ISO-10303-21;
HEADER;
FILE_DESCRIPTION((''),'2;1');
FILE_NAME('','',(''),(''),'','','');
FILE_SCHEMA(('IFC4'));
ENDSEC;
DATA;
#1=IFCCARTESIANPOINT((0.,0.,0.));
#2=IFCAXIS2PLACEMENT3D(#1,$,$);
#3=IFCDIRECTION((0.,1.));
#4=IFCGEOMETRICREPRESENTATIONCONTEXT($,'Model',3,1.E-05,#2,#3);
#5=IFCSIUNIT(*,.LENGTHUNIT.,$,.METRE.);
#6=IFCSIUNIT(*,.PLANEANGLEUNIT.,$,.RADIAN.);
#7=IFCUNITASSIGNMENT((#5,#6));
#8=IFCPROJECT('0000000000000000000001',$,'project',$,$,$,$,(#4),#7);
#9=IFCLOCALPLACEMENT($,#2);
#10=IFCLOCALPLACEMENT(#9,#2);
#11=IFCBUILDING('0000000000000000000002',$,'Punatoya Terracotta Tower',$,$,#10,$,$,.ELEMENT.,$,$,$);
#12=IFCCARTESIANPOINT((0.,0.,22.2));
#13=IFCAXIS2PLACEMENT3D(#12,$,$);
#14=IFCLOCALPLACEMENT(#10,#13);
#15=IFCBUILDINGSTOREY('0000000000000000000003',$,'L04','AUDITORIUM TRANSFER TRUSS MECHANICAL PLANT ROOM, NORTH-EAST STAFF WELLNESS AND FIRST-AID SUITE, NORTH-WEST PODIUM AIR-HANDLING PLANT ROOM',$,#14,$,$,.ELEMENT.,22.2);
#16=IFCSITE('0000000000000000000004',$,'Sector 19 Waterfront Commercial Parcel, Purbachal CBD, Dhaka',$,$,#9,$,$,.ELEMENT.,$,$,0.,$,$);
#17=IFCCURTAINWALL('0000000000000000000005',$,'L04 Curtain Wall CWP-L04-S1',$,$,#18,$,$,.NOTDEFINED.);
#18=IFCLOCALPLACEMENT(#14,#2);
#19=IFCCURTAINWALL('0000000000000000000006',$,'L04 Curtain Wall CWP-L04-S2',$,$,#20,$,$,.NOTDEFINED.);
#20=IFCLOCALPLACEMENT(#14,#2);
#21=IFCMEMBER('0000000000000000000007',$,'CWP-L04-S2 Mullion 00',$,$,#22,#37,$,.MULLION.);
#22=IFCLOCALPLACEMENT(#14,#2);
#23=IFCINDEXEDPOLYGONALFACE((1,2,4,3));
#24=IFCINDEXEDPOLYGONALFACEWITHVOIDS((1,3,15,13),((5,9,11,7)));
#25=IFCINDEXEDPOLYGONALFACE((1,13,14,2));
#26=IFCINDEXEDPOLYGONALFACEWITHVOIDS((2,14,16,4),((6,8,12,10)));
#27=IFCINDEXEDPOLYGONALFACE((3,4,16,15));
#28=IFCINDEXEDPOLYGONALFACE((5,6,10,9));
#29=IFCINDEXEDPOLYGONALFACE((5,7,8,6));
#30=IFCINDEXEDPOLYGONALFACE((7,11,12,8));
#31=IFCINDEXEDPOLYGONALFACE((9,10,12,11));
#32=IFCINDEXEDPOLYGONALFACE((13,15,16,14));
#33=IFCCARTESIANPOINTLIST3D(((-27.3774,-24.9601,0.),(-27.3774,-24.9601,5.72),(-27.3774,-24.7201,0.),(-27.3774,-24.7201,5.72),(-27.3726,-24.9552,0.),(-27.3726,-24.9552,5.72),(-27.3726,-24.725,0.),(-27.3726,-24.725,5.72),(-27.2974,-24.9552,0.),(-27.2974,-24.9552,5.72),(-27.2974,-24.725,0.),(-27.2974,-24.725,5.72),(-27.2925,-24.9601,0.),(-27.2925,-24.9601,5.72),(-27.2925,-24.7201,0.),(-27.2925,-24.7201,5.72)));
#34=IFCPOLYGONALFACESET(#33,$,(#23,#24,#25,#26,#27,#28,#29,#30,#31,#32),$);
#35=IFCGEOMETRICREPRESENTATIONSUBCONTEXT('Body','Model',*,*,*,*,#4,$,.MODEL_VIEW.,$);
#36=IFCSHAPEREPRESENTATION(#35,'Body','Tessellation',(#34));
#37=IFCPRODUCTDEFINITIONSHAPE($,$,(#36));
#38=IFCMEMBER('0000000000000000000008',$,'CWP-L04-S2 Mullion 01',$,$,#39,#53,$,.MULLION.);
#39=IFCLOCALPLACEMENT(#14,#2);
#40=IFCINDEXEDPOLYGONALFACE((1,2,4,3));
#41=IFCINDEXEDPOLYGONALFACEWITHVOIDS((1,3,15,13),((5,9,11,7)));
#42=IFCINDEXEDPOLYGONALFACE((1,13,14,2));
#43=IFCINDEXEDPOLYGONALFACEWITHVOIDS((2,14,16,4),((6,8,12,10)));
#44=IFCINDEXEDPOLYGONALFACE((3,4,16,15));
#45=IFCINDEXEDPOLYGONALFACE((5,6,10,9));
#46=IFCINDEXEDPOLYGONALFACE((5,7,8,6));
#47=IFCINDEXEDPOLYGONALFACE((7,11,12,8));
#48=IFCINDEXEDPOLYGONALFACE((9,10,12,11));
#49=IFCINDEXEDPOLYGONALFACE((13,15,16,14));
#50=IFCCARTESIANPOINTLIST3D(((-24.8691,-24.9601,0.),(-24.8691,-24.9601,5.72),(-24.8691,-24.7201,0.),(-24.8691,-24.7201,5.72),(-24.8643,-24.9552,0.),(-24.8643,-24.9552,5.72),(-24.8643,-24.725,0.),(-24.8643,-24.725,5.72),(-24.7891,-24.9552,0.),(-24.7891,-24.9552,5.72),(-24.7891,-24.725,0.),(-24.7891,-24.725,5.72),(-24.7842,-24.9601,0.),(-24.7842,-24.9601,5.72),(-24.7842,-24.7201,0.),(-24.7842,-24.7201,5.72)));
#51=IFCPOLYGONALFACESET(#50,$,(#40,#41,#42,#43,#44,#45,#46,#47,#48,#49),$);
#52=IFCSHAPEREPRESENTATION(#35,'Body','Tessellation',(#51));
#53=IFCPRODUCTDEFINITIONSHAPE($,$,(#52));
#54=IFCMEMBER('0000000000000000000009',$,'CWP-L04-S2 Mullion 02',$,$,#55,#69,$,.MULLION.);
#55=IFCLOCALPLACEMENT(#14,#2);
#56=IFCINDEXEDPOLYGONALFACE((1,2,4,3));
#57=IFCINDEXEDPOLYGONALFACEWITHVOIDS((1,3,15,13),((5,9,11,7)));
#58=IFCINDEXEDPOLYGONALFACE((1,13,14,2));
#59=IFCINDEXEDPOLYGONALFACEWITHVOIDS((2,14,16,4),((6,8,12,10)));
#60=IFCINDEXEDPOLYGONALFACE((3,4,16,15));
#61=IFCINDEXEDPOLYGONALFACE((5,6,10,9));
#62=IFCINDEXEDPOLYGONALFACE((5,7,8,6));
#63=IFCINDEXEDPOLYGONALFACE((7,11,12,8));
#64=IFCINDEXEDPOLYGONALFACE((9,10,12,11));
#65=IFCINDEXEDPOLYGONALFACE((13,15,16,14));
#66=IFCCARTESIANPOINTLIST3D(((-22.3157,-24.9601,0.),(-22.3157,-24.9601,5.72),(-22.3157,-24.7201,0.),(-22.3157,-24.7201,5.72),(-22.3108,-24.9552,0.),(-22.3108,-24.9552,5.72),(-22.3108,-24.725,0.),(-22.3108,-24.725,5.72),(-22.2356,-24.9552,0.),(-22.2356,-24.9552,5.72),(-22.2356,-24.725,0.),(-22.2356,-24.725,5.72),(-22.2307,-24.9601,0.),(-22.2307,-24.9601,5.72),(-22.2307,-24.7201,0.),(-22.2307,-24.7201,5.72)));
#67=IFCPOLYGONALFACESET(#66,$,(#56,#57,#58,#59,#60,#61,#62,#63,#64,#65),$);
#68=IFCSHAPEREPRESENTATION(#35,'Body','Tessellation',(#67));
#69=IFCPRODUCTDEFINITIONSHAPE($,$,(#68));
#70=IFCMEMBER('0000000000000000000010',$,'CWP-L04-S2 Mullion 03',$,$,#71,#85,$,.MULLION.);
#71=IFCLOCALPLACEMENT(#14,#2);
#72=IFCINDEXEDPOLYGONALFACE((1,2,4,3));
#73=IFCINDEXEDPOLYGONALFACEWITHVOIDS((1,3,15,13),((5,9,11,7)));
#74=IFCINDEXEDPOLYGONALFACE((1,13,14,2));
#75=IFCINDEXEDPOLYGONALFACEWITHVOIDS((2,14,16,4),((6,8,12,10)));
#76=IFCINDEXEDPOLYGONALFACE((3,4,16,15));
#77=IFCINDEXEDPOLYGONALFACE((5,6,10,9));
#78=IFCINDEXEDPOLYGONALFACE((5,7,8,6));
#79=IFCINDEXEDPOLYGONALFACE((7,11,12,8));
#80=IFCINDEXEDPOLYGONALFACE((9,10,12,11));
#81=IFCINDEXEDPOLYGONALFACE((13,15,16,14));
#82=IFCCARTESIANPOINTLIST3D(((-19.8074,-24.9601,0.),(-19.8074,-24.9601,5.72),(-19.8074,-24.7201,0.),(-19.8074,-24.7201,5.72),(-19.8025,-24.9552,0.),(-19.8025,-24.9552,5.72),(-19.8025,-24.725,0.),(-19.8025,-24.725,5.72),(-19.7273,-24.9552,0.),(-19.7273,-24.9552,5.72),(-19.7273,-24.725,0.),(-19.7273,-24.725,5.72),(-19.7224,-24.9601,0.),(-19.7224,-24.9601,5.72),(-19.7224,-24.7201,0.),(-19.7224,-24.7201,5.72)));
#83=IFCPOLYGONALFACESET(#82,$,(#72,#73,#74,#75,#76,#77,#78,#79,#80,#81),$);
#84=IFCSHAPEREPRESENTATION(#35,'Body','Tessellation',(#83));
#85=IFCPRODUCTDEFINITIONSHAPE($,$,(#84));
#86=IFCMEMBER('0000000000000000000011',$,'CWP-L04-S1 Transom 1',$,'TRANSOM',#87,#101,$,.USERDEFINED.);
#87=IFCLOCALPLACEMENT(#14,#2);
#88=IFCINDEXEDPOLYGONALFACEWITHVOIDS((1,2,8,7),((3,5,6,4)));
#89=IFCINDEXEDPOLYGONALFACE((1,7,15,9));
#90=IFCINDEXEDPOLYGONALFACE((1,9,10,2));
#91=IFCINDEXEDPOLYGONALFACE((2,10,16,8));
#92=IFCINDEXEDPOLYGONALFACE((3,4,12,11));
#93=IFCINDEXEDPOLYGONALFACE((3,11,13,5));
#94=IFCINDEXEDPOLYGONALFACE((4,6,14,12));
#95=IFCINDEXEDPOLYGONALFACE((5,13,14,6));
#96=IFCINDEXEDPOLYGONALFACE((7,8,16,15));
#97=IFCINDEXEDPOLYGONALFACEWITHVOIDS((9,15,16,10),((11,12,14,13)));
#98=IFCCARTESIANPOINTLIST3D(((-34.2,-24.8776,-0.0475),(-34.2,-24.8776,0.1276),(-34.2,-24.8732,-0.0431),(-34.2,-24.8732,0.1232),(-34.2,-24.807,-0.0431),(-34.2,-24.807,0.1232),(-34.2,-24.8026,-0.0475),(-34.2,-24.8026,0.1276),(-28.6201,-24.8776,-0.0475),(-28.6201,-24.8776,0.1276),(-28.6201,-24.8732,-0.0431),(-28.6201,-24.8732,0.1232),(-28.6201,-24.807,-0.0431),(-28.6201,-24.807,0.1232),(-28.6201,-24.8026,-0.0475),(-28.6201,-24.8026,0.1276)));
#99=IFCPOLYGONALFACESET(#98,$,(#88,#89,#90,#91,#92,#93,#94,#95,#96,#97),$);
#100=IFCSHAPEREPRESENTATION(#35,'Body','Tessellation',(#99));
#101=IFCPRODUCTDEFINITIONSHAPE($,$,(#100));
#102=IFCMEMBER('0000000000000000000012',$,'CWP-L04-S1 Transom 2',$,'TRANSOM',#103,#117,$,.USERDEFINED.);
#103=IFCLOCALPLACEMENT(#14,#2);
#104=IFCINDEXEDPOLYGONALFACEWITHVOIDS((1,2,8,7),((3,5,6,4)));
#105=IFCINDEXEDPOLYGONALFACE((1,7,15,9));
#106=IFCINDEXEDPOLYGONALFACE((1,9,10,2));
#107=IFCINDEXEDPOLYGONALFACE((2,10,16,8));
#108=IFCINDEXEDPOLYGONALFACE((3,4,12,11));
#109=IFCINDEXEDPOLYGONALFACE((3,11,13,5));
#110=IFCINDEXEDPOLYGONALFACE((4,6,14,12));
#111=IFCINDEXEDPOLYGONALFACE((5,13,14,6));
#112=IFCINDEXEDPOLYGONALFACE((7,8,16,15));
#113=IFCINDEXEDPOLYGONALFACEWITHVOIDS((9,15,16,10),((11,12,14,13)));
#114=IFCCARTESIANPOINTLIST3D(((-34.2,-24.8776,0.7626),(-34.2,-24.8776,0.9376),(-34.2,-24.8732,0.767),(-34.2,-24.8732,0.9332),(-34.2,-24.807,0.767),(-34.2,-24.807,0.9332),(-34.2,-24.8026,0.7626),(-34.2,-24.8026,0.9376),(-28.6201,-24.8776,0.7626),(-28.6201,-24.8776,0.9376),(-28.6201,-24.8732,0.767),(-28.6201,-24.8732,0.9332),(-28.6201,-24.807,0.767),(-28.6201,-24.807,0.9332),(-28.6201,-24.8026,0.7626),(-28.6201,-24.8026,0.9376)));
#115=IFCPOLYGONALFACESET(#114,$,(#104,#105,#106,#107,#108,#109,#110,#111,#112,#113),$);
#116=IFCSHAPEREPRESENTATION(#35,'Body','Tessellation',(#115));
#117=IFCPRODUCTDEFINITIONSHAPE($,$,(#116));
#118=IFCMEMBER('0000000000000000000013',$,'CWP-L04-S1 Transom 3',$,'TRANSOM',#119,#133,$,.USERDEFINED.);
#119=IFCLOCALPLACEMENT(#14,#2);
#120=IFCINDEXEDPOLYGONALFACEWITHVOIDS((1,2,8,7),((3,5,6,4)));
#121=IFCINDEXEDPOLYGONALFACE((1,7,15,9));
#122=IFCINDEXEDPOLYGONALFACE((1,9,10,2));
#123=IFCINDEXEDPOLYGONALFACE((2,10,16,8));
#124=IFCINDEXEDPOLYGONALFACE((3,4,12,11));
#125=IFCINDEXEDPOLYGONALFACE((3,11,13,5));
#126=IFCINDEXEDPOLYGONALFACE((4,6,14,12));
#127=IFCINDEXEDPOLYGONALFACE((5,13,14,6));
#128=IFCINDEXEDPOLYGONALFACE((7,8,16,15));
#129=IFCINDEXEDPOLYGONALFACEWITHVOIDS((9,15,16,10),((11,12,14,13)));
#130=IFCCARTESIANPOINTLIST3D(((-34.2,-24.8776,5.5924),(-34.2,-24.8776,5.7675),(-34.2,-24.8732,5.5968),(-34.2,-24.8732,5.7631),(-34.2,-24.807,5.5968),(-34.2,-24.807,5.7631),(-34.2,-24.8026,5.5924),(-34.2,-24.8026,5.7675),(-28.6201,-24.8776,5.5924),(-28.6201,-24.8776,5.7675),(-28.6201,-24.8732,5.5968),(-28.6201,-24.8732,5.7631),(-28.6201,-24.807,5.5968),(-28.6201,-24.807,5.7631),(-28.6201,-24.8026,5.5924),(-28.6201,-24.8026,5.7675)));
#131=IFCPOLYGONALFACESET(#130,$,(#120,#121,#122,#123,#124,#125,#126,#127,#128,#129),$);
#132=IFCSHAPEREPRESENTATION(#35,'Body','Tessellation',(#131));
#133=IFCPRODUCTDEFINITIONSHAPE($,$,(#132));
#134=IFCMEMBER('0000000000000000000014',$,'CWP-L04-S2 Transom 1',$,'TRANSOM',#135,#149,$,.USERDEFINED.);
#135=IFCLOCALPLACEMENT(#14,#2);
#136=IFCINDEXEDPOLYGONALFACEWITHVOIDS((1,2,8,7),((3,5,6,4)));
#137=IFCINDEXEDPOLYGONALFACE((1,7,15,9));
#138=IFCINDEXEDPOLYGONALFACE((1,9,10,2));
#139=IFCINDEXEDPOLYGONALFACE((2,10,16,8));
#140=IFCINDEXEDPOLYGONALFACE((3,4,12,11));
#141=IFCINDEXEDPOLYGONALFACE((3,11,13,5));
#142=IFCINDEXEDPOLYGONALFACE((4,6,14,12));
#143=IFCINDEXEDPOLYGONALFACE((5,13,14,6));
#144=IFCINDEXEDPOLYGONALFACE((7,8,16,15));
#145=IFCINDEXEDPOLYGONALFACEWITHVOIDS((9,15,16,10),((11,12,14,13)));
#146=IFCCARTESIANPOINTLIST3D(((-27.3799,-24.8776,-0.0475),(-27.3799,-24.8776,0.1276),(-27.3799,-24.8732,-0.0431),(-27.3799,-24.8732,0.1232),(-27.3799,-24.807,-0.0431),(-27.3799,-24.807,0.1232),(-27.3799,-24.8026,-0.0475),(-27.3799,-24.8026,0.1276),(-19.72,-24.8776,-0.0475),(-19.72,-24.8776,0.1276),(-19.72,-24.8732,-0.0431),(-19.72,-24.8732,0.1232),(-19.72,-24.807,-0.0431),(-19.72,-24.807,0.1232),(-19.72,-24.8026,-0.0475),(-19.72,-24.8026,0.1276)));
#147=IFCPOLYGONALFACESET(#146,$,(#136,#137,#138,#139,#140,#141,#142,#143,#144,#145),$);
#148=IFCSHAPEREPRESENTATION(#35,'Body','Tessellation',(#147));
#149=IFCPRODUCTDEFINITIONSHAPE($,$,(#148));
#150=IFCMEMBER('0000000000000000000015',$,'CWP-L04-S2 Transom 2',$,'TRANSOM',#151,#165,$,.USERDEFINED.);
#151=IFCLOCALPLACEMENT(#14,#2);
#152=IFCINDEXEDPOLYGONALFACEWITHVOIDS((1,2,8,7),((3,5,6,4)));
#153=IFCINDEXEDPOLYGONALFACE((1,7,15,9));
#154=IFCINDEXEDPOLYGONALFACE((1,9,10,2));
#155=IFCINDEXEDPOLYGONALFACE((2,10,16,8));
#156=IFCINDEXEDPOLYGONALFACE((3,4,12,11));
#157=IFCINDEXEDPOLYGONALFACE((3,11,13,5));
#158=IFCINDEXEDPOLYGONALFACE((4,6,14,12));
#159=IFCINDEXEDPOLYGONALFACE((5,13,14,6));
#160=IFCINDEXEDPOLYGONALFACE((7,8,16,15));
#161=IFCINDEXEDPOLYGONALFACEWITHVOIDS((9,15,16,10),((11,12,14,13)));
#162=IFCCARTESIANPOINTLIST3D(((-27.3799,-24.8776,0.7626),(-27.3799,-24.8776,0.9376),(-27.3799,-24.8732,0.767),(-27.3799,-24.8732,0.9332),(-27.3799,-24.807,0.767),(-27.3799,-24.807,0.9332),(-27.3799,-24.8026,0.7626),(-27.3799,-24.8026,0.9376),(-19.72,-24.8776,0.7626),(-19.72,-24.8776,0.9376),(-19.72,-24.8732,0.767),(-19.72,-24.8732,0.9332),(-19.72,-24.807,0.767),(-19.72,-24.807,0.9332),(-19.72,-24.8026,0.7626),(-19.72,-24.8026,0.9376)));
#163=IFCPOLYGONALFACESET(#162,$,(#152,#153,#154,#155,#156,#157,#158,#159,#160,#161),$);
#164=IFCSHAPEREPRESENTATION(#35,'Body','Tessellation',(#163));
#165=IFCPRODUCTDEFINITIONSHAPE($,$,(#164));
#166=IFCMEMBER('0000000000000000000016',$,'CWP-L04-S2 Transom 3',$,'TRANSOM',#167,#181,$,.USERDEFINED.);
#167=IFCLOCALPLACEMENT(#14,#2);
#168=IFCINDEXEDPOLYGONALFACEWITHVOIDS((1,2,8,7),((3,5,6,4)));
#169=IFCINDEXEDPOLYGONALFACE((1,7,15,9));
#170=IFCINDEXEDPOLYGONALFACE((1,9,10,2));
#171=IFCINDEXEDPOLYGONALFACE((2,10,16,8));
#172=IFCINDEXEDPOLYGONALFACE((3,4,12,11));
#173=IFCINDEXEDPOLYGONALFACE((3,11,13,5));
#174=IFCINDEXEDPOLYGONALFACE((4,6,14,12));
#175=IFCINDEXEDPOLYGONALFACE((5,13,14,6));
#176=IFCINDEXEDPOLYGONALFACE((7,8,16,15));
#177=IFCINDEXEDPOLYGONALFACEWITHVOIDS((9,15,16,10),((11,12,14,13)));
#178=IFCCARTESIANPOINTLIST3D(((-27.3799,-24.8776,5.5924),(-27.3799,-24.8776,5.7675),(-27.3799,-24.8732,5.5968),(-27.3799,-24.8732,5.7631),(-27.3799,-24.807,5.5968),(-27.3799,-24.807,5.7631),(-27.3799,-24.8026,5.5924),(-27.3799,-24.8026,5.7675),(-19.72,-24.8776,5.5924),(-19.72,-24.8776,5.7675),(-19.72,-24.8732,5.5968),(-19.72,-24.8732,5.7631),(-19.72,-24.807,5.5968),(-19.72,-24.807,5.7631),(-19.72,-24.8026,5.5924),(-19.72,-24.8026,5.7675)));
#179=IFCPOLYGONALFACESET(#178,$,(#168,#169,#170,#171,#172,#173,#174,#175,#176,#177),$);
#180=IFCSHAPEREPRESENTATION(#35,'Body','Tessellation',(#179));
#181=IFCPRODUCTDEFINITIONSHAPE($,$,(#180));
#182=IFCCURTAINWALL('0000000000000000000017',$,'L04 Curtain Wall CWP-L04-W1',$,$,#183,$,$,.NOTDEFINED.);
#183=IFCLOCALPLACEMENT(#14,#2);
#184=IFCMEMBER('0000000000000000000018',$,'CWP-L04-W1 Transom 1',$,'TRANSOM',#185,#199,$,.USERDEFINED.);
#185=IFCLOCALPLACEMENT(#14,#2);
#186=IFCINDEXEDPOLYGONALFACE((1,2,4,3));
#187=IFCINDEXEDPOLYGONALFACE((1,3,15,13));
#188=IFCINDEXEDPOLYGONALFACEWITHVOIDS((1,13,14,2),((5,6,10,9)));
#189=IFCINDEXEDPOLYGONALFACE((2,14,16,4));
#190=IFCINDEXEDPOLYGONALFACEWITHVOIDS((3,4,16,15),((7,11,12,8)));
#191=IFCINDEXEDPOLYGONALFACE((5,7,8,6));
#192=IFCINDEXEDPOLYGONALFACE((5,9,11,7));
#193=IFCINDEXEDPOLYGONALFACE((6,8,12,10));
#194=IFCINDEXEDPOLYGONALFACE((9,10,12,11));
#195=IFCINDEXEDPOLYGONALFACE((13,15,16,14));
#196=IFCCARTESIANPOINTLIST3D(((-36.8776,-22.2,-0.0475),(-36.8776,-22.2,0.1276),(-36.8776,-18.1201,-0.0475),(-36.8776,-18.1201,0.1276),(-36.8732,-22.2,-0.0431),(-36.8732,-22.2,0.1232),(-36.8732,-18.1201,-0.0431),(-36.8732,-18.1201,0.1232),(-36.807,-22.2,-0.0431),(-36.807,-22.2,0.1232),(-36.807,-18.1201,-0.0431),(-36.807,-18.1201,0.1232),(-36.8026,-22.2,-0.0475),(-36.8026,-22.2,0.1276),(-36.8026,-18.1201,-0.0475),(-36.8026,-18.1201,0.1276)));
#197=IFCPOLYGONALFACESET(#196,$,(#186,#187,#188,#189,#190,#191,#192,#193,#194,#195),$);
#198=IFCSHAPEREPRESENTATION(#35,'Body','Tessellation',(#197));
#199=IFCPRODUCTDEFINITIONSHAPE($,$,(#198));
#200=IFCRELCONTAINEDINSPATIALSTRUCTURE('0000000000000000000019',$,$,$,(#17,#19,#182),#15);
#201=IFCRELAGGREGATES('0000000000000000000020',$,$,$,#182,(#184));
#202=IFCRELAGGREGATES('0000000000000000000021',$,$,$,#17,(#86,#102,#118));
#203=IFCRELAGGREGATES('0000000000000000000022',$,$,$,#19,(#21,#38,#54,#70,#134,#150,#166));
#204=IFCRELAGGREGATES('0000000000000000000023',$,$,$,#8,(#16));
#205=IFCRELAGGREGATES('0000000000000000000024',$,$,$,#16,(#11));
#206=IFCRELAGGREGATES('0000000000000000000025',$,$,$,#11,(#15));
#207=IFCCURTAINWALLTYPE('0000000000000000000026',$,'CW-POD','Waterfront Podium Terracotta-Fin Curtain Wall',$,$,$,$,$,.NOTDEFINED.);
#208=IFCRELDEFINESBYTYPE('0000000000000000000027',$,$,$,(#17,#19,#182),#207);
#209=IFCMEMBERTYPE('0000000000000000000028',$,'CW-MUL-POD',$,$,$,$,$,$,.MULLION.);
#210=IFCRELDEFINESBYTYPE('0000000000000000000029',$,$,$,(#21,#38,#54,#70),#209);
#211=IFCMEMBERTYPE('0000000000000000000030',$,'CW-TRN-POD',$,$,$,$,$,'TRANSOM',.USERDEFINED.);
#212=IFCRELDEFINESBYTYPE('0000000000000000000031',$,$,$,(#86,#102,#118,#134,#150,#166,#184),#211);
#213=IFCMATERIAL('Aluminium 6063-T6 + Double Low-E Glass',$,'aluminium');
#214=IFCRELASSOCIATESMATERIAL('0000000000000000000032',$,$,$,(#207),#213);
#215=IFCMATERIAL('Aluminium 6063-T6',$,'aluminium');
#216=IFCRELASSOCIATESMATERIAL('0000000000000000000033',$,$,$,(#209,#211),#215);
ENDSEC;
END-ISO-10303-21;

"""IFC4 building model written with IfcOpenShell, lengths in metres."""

from ifc_helpers import new_model, si_unit, direction, frame, origin, origin_2d, place, context, subcontext, project, spatial, hollow_rectangle, extrude, material, material_profile, profile_set, type_object, element, aggregate, save


model = new_model("IFC4")

# Units and contexts
model_context = context("Model", 3, precision=1e-05, world=origin(), true_north=direction((0.0, 1.0)))
body_context = subcontext(model_context, "Body", "Model", "MODEL_VIEW")
ifc_project = project(units=[si_unit("LENGTHUNIT", "METRE"), si_unit("PLANEANGLEUNIT", "RADIAN")], contexts=[model_context])

# Site, building, storey
site_placement = place(None, origin())
site = spatial("IfcSite", under=ifc_project, at=site_placement, Name="Sector 19 Waterfront Commercial Parcel, Purbachal CBD, Dhaka", CompositionType="ELEMENT", RefElevation=0.0)
building_placement = place(site_placement, origin())
building = spatial("IfcBuilding", under=site, at=building_placement, Name="Punatoya Terracotta Tower", CompositionType="ELEMENT")
storey_placement = place(building_placement, frame((0.0, 0.0, 22.2)))
storey = spatial("IfcBuildingStorey", under=building, at=storey_placement, Name="L04", Description="AUDITORIUM TRANSFER TRUSS MECHANICAL PLANT ROOM, NORTH-EAST STAFF WELLNESS AND FIRST-AID SUITE, NORTH-WEST PODIUM AIR-HANDLING PLANT ROOM", CompositionType="ELEMENT", Elevation=22.2)

# Curtain walls, members
ifc_material_1 = material(Name="Aluminium 6063-T6 + Double Low-E Glass", Category="aluminium")
curtain_wall_type = type_object("IfcCurtainWallType", Name="CW-POD", Description="Waterfront Podium Terracotta-Fin Curtain Wall", PredefinedType="NOTDEFINED", material=ifc_material_1)
curtain_wall_1_placement = place(storey_placement, origin())
curtain_wall_1 = element("IfcCurtainWall", 1, at=curtain_wall_1_placement, inside=storey, type_object=curtain_wall_type, Name="L04 Curtain Wall CWP-L04-S1", PredefinedType="NOTDEFINED")
ifc_material_2 = material(Name="Aluminium 6063-T6", Category="aluminium")
ifc_material_profile_1 = material_profile(ifc_material_2, hollow_rectangle(XDim=0.085, YDim=0.24, WallThickness=0.0049, at=origin_2d()))
ifc_profile_set_1 = profile_set([ifc_material_profile_1], Name="Aluminium 6063-T6")
member_type_1 = type_object("IfcMemberType", Name="CW-MUL-POD", PredefinedType="MULLION", material=ifc_profile_set_1)
curtain_wall_2_placement = place(storey_placement, origin())
curtain_wall_2 = element("IfcCurtainWall", 2, at=curtain_wall_2_placement, inside=storey, type_object=curtain_wall_type, Name="L04 Curtain Wall CWP-L04-S2", PredefinedType="NOTDEFINED")
member_1_placement = place(storey_placement, frame((-27.335, -24.8401, 0.0), z_axis=(0.0, 0.0, 1.0), x_axis=(1.0, 0.0, 0.0)))
member_1 = element("IfcMember", 3, at=member_1_placement, type_object=member_type_1, Name="CWP-L04-S2 Mullion 00", PredefinedType="MULLION", context=body_context, shape_type="SweptSolid", body=[
    extrude(hollow_rectangle(XDim=0.085, YDim=0.24, WallThickness=0.0049, at=origin_2d()), origin(), (0.0, 0.0, 1.0), 5.72),
])
member_2_placement = place(storey_placement, frame((-24.8267, -24.8401, 0.0), z_axis=(0.0, 0.0, 1.0), x_axis=(1.0, 0.0, 0.0)))
member_2 = element("IfcMember", 4, at=member_2_placement, type_object=member_type_1, Name="CWP-L04-S2 Mullion 01", PredefinedType="MULLION", context=body_context, shape_type="SweptSolid", body=[
    extrude(hollow_rectangle(XDim=0.085, YDim=0.24, WallThickness=0.0049, at=origin_2d()), origin(), (0.0, 0.0, 1.0), 5.72),
])
member_3_placement = place(storey_placement, frame((-22.2732, -24.8401, 0.0), z_axis=(0.0, 0.0, 1.0), x_axis=(1.0, 0.0, 0.0)))
member_3 = element("IfcMember", 5, at=member_3_placement, type_object=member_type_1, Name="CWP-L04-S2 Mullion 02", PredefinedType="MULLION", context=body_context, shape_type="SweptSolid", body=[
    extrude(hollow_rectangle(XDim=0.085, YDim=0.24, WallThickness=0.0049, at=origin_2d()), origin(), (0.0, 0.0, 1.0), 5.72),
])
member_4_placement = place(storey_placement, frame((-19.7649, -24.8401, 0.0), z_axis=(0.0, 0.0, 1.0), x_axis=(1.0, 0.0, 0.0)))
member_4 = element("IfcMember", 6, at=member_4_placement, type_object=member_type_1, Name="CWP-L04-S2 Mullion 03", PredefinedType="MULLION", context=body_context, shape_type="SweptSolid", body=[
    extrude(hollow_rectangle(XDim=0.085, YDim=0.24, WallThickness=0.0049, at=origin_2d()), origin(), (0.0, 0.0, 1.0), 5.72),
])

# Members
ifc_material_profile_2 = material_profile(ifc_material_2, hollow_rectangle(XDim=0.075, YDim=0.175, WallThickness=0.0044, at=origin_2d()))
ifc_profile_set_2 = profile_set([ifc_material_profile_2], Name="Aluminium 6063-T6")
member_type_2 = type_object("IfcMemberType", Name="CW-TRN-POD", ElementType="TRANSOM", PredefinedType="USERDEFINED", material=ifc_profile_set_2)
member_5_placement = place(storey_placement, frame((-34.2, -24.8401, 0.04), z_axis=(1.0, 0.0, 0.0), x_axis=(0.0, 1.0, 0.0)))
member_5 = element("IfcMember", 7, at=member_5_placement, type_object=member_type_2, Name="CWP-L04-S1 Transom 1", ObjectType="TRANSOM", PredefinedType="USERDEFINED", context=body_context, shape_type="SweptSolid", body=[
    extrude(hollow_rectangle(XDim=0.075, YDim=0.175, WallThickness=0.0044, at=origin_2d()), origin(), (0.0, 0.0, 1.0), 5.5798),
])
member_6_placement = place(storey_placement, frame((-34.2, -24.8401, 0.8501), z_axis=(1.0, 0.0, 0.0), x_axis=(0.0, 1.0, 0.0)))
member_6 = element("IfcMember", 8, at=member_6_placement, type_object=member_type_2, Name="CWP-L04-S1 Transom 2", ObjectType="TRANSOM", PredefinedType="USERDEFINED", context=body_context, shape_type="SweptSolid", body=[
    extrude(hollow_rectangle(XDim=0.075, YDim=0.175, WallThickness=0.0044, at=origin_2d()), origin(), (0.0, 0.0, 1.0), 5.5798),
])
member_7_placement = place(storey_placement, frame((-34.2, -24.8401, 5.6799), z_axis=(1.0, 0.0, 0.0), x_axis=(0.0, 1.0, 0.0)))
member_7 = element("IfcMember", 9, at=member_7_placement, type_object=member_type_2, Name="CWP-L04-S1 Transom 3", ObjectType="TRANSOM", PredefinedType="USERDEFINED", context=body_context, shape_type="SweptSolid", body=[
    extrude(hollow_rectangle(XDim=0.075, YDim=0.175, WallThickness=0.0044, at=origin_2d()), origin(), (0.0, 0.0, 1.0), 5.5798),
])
member_8_placement = place(storey_placement, frame((-27.3799, -24.8401, 0.04), z_axis=(1.0, 0.0, 0.0), x_axis=(0.0, 1.0, 0.0)))
member_8 = element("IfcMember", 10, at=member_8_placement, type_object=member_type_2, Name="CWP-L04-S2 Transom 1", ObjectType="TRANSOM", PredefinedType="USERDEFINED", context=body_context, shape_type="SweptSolid", body=[
    extrude(hollow_rectangle(XDim=0.075, YDim=0.175, WallThickness=0.0044, at=origin_2d()), origin(), (0.0, 0.0, 1.0), 7.6599),
])
member_9_placement = place(storey_placement, frame((-27.3799, -24.8401, 0.8501), z_axis=(1.0, 0.0, 0.0), x_axis=(0.0, 1.0, 0.0)))
member_9 = element("IfcMember", 11, at=member_9_placement, type_object=member_type_2, Name="CWP-L04-S2 Transom 2", ObjectType="TRANSOM", PredefinedType="USERDEFINED", context=body_context, shape_type="SweptSolid", body=[
    extrude(hollow_rectangle(XDim=0.075, YDim=0.175, WallThickness=0.0044, at=origin_2d()), origin(), (0.0, 0.0, 1.0), 7.6599),
])
member_10_placement = place(storey_placement, frame((-27.3799, -24.8401, 5.6799), z_axis=(1.0, 0.0, 0.0), x_axis=(0.0, 1.0, 0.0)))
member_10 = element("IfcMember", 12, at=member_10_placement, type_object=member_type_2, Name="CWP-L04-S2 Transom 3", ObjectType="TRANSOM", PredefinedType="USERDEFINED", context=body_context, shape_type="SweptSolid", body=[
    extrude(hollow_rectangle(XDim=0.075, YDim=0.175, WallThickness=0.0044, at=origin_2d()), origin(), (0.0, 0.0, 1.0), 7.6599),
])

# Curtain wall, member
curtain_wall_3_placement = place(storey_placement, origin())
curtain_wall_3 = element("IfcCurtainWall", 13, at=curtain_wall_3_placement, inside=storey, type_object=curtain_wall_type, Name="L04 Curtain Wall CWP-L04-W1", PredefinedType="NOTDEFINED")
member_11_placement = place(storey_placement, frame((-36.8401, -22.2, 0.04), z_axis=(0.0, 1.0, 0.0), x_axis=(-1.0, 0.0, 0.0)))
member_11 = element("IfcMember", 14, at=member_11_placement, type_object=member_type_2, Name="CWP-L04-W1 Transom 1", ObjectType="TRANSOM", PredefinedType="USERDEFINED", context=body_context, shape_type="SweptSolid", body=[
    extrude(hollow_rectangle(XDim=0.075, YDim=0.175, WallThickness=0.0044, at=origin_2d()), origin(), (0.0, 0.0, 1.0), 4.0798),
])
aggregate(curtain_wall_3, [member_11])

aggregate(curtain_wall_1, [member_5, member_6, member_7])
aggregate(curtain_wall_2, [member_1, member_2, member_3, member_4, member_8, member_9, member_10])

save(model, "model.ifc")
